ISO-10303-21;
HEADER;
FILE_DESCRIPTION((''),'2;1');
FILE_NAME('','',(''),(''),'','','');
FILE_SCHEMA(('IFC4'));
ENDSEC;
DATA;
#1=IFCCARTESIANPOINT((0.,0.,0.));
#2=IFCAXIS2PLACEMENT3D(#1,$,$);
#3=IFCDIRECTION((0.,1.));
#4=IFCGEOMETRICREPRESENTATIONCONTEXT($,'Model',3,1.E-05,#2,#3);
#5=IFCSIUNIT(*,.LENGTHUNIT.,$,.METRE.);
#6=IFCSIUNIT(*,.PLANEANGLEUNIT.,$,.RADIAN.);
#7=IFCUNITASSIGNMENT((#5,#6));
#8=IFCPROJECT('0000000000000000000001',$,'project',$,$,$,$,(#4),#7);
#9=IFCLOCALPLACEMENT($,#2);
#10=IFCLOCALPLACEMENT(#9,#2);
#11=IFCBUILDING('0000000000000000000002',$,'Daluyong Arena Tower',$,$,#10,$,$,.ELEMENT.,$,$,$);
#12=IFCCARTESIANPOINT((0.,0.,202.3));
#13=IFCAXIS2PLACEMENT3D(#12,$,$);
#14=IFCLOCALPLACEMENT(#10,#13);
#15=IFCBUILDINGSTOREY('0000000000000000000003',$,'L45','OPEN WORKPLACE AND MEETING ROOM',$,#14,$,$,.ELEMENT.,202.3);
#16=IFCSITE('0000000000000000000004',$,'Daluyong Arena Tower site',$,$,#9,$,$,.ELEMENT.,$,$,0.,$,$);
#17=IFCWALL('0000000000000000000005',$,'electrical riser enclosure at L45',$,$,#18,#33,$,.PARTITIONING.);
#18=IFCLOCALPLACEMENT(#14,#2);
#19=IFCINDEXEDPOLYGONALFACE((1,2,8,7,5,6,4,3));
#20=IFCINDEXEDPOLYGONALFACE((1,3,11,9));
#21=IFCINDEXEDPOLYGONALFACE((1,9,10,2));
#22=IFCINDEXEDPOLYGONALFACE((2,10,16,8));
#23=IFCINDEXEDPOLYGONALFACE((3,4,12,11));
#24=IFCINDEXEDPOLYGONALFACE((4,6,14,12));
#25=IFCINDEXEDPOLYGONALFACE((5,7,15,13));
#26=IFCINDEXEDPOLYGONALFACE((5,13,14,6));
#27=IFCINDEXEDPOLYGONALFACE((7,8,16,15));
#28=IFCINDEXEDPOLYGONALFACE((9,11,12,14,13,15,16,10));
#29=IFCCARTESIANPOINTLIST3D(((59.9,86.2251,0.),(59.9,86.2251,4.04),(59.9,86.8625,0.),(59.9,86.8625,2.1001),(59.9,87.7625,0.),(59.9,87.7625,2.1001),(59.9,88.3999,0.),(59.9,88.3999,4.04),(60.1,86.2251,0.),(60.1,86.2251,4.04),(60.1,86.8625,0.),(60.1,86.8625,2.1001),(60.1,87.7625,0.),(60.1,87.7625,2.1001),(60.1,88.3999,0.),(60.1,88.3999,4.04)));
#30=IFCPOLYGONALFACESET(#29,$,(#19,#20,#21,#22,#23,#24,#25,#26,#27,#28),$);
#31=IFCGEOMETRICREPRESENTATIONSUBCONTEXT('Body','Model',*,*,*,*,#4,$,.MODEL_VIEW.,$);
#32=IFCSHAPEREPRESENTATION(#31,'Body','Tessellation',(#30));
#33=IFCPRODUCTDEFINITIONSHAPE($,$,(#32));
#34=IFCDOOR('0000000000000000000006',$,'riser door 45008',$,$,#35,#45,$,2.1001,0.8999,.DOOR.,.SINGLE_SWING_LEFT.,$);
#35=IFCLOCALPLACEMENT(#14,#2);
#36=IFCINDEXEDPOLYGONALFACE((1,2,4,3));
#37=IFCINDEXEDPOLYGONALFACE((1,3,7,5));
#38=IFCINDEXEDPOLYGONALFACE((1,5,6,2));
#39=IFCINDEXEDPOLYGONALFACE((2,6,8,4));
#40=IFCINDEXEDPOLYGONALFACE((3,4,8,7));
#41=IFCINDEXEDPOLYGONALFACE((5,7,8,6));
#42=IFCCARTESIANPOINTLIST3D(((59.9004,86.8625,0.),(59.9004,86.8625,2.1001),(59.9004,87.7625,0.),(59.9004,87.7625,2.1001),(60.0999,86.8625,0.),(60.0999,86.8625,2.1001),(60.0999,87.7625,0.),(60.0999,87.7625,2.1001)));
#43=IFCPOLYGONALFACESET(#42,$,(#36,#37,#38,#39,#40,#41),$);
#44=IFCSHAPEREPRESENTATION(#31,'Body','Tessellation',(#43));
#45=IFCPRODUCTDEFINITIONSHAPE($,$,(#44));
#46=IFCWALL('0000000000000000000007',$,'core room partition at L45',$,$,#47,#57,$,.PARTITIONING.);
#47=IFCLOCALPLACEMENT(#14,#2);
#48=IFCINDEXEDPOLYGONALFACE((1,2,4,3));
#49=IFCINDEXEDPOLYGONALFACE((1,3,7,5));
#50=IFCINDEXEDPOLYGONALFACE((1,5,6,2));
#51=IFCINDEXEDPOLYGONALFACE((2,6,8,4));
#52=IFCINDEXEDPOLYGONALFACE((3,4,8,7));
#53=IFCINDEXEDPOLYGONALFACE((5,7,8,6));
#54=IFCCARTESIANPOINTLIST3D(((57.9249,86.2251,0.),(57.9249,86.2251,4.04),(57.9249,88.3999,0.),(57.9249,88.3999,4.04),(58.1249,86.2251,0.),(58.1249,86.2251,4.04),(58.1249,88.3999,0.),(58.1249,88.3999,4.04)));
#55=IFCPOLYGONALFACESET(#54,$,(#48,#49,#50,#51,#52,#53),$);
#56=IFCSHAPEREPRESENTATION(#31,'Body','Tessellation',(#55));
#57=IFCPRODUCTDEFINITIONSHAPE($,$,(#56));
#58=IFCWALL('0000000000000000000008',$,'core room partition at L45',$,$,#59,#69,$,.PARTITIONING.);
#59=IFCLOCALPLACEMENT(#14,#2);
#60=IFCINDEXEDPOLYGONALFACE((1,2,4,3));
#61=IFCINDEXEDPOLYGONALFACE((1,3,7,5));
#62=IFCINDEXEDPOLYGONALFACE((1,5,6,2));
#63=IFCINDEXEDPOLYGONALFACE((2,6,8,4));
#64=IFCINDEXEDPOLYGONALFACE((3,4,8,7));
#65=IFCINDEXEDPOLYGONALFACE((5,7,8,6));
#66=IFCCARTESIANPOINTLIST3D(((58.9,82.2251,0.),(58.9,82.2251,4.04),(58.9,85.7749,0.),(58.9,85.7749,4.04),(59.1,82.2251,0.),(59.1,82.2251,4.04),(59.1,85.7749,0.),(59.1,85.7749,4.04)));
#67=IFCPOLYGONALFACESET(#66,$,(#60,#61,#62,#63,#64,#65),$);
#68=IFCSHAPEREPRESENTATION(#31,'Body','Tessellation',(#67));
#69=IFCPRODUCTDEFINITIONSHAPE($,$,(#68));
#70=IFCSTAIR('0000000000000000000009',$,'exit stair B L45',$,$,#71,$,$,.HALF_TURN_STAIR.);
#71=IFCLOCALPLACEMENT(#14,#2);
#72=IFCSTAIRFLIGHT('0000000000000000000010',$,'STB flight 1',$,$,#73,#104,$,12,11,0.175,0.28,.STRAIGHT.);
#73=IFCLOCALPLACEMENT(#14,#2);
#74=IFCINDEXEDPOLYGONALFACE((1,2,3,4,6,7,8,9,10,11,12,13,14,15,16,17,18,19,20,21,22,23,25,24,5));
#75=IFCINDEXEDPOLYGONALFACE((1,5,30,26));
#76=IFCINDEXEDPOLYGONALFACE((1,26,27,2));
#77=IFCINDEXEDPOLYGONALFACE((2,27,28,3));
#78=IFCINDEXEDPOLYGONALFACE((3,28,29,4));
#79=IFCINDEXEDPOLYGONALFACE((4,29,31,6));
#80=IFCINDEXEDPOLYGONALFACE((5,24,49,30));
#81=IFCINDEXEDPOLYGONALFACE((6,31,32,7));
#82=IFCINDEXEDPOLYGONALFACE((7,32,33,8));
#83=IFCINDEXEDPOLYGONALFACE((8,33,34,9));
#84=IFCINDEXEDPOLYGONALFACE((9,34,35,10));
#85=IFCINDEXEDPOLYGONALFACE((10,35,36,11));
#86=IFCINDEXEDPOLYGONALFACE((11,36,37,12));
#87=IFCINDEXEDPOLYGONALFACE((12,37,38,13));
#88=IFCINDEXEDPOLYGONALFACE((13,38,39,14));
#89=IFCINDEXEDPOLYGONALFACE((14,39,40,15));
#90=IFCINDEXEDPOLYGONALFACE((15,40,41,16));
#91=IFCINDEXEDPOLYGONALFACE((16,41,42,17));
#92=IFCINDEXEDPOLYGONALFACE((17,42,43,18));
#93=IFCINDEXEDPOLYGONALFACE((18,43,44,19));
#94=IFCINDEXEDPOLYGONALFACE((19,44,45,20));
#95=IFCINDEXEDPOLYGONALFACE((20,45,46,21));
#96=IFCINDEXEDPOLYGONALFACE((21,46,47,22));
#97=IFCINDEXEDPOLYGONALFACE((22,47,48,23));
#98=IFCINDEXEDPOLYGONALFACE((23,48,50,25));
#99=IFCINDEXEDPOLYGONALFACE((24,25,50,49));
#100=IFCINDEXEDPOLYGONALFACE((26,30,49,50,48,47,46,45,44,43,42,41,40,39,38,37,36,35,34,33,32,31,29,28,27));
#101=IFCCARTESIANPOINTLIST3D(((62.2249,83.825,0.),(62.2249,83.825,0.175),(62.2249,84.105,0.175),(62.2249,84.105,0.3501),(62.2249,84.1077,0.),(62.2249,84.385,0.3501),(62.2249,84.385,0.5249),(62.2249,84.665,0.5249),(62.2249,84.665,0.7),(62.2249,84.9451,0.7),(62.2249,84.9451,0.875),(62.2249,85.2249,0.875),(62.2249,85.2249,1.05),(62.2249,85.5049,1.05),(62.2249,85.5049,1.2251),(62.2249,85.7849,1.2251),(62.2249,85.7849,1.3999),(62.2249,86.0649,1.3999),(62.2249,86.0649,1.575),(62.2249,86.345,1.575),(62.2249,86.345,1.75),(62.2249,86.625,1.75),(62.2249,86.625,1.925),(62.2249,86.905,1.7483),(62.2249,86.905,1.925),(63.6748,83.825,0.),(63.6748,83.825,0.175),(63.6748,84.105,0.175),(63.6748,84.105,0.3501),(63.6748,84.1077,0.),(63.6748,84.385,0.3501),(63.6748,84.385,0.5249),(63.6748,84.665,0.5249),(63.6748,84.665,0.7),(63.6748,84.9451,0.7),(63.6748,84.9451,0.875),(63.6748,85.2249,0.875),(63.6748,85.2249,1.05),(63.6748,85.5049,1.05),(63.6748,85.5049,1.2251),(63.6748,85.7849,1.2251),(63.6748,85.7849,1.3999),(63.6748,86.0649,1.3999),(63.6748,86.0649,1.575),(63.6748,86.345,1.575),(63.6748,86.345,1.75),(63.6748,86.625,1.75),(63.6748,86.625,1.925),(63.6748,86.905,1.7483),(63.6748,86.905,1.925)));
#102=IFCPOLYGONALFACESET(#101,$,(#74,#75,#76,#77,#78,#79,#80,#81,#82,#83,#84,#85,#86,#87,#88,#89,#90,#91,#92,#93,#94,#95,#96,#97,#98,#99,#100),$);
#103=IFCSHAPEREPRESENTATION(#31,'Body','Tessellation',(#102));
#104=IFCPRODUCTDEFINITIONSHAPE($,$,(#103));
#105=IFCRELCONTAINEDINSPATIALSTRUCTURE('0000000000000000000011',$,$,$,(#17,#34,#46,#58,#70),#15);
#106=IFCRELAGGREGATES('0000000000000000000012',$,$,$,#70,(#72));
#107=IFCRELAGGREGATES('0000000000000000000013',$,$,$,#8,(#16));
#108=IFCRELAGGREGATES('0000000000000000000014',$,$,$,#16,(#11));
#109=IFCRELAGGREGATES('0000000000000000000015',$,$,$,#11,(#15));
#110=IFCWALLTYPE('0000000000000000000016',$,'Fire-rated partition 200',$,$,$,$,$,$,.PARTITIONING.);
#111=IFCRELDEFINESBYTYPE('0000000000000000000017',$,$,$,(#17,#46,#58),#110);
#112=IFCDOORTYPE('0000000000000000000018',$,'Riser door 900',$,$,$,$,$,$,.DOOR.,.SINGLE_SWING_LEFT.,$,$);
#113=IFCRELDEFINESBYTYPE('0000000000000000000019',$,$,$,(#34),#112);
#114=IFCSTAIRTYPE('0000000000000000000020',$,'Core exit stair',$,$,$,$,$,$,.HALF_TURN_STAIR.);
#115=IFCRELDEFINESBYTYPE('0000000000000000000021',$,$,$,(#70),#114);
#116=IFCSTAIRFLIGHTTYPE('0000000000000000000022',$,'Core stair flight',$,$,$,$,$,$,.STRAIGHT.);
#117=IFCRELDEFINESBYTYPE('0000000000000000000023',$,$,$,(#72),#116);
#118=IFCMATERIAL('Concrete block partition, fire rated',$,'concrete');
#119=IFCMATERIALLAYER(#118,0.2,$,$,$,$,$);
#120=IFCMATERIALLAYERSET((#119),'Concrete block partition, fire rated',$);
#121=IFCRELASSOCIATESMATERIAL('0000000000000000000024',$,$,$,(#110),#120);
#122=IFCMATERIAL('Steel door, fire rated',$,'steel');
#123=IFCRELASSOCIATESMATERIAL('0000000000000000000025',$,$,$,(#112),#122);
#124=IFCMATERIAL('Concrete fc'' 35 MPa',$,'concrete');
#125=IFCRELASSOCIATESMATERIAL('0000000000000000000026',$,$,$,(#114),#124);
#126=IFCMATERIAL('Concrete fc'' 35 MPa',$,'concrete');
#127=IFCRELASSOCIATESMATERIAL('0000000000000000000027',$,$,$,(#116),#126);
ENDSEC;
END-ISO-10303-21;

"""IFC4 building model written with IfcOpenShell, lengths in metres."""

from ifc_helpers import new_model, si_unit, direction, frame, frame_2d, origin, place, context, subcontext, project, spatial, polyline, rectangle, outline, extrude, material, layer, layer_set, type_object, element, fill, aggregate, save


model = new_model("IFC4")

# Units and contexts
model_context = context("Model", 3, precision=1e-05, world=origin(), true_north=direction((0.0, 1.0)))
body_context = subcontext(model_context, "Body", "Model", "MODEL_VIEW")
ifc_project = project(units=[si_unit("LENGTHUNIT", "METRE"), si_unit("PLANEANGLEUNIT", "RADIAN")], contexts=[model_context])

# Site, building, storey
site_placement = place(None, origin())
site = spatial("IfcSite", under=ifc_project, at=site_placement, Name="Daluyong Arena Tower site", CompositionType="ELEMENT", RefElevation=0.0)
building_placement = place(site_placement, origin())
building = spatial("IfcBuilding", under=site, at=building_placement, Name="Daluyong Arena Tower", CompositionType="ELEMENT")
storey_placement = place(building_placement, frame((0.0, 0.0, 202.3)))
storey = spatial("IfcBuildingStorey", under=building, at=storey_placement, Name="L45", Description="OPEN WORKPLACE AND MEETING ROOM", CompositionType="ELEMENT", Elevation=202.3)

# Wall, opening, door
ifc_material_1 = material(Name="Concrete block partition, fire rated", Category="concrete")
ifc_layer_1 = layer(ifc_material_1, 0.2)
ifc_layer_set_1 = layer_set([ifc_layer_1], Name="Concrete block partition, fire rated")
wall_type_1 = type_object("IfcWallType", Name="Fire-rated partition 200", PredefinedType="PARTITIONING", material=ifc_layer_set_1)
wall_1_placement = place(storey_placement, frame((60.0, 86.2251, 0.0), z_axis=(0.0, 0.0, 1.0), x_axis=(0.0, 1.0, 0.0)))
wall_1 = element("IfcWall", 1, at=wall_1_placement, inside=storey, type_object=wall_type_1, Name="electrical riser enclosure at L45", PredefinedType="PARTITIONING", context=body_context, shape_type="SweptSolid", body=[
    extrude(rectangle(XDim=2.1748, YDim=0.2, at=frame_2d((1.0874, 0.0))), origin(), (0.0, 0.0, 1.0), 4.04),
])
opening_1_placement = place(wall_1_placement, frame((0.6375, 0.0, 0.0)))
opening_1 = element("IfcOpeningElement", 2, at=opening_1_placement, cuts=wall_1, PredefinedType="OPENING", context=body_context, shape_type="SweptSolid", body=[
    extrude(rectangle(XDim=0.8999, YDim=2.1001, at=frame_2d((0.45, 1.05))), frame((0.0, 0.1099, 0.0), z_axis=(0.0, -1.0, 0.0), x_axis=(1.0, 0.0, 0.0)), (0.0, 0.0, 1.0), 0.22),
])
ifc_material_2 = material(Name="Steel door, fire rated", Category="steel")
door_type_1 = type_object("IfcDoorType", Name="Riser door 900", OperationType="SINGLE_SWING_LEFT", PredefinedType="DOOR", material=ifc_material_2)
door_1_placement = place(opening_1_placement, origin())
door_1 = element("IfcDoor", 3, at=door_1_placement, inside=storey, type_object=door_type_1, Name="riser door 45008", OperationType="SINGLE_SWING_LEFT", OverallHeight=2.1001, OverallWidth=0.8999, PredefinedType="DOOR", context=body_context, shape_type="SweptSolid", body=[
    extrude(rectangle(XDim=0.8999, YDim=2.1001, at=frame_2d((0.45, 1.05))), frame((0.0, 0.0996, 0.0), z_axis=(0.0, -1.0, 0.0), x_axis=(1.0, 0.0, 0.0)), (0.0, 0.0, 1.0), 0.1995),
])
fill(opening_1, door_1)

# Walls
wall_2_placement = place(storey_placement, frame((58.0249, 86.2251, 0.0), z_axis=(0.0, 0.0, 1.0), x_axis=(0.0, 1.0, 0.0)))
element("IfcWall", 4, at=wall_2_placement, inside=storey, type_object=wall_type_1, Name="core room partition at L45", PredefinedType="PARTITIONING", context=body_context, shape_type="SweptSolid", body=[
    extrude(rectangle(XDim=2.1748, YDim=0.2, at=frame_2d((1.0874, 0.0))), origin(), (0.0, 0.0, 1.0), 4.04),
])
wall_3_placement = place(storey_placement, frame((59.0, 82.2251, 0.0), z_axis=(0.0, 0.0, 1.0), x_axis=(0.0, 1.0, 0.0)))
element("IfcWall", 5, at=wall_3_placement, inside=storey, type_object=wall_type_1, Name="core room partition at L45", PredefinedType="PARTITIONING", context=body_context, shape_type="SweptSolid", body=[
    extrude(rectangle(XDim=3.5498, YDim=0.2, at=frame_2d((1.7749, 0.0))), origin(), (0.0, 0.0, 1.0), 4.04),
])

# Stair, stair flight
ifc_material_3 = material(Name="Concrete fc' 35 MPa", Category="concrete")
stair_type = type_object("IfcStairType", Name="Core exit stair", PredefinedType="HALF_TURN_STAIR", material=ifc_material_3)
stair_placement = place(storey_placement, origin())
stair = element("IfcStair", 6, at=stair_placement, inside=storey, type_object=stair_type, Name="exit stair B L45", PredefinedType="HALF_TURN_STAIR")
ifc_material_4 = material(Name="Concrete fc' 35 MPa", Category="concrete")
stair_flight_type = type_object("IfcStairFlightType", Name="Core stair flight", PredefinedType="STRAIGHT", material=ifc_material_4)
stair_flight_placement = place(storey_placement, frame((62.95, 83.825, 0.0), z_axis=(0.0, 0.0, 1.0), x_axis=(0.0, 1.0, 0.0)))
stair_flight = element("IfcStairFlight", 7, at=stair_flight_placement, type_object=stair_flight_type, Name="STB flight 1", NumberOfRisers=12, NumberOfTreads=11, PredefinedType="STRAIGHT", RiserHeight=0.175, TreadLength=0.28, context=body_context, shape_type="SweptSolid", body=[
    extrude(outline(polyline([(0.0, 0.0), (0.0, 0.175), (0.28, 0.175), (0.28, 0.3501), (0.5601, 0.3501), (0.5601, 0.5249), (0.8401, 0.5249), (0.8401, 0.7), (1.1201, 0.7), (1.1201, 0.875), (1.3999, 0.875), (1.3999, 1.05), (1.6799, 1.05), (1.6799, 1.2251), (1.96, 1.2251), (1.96, 1.3999), (2.24, 1.3999), (2.24, 1.575), (2.52, 1.575), (2.52, 1.75), (2.8, 1.75), (2.8, 1.925), (3.0801, 1.925), (3.0801, 2.1001), (3.0801, 1.7483), (0.2827, 0.0), (0.0, 0.0)])), frame((0.0, 0.7251, 0.0), z_axis=(0.0, -1.0, 0.0), x_axis=(1.0, 0.0, 0.0)), (0.0, 0.0, 1.0), 1.45),
])
aggregate(stair, [stair_flight])

save(model, "model.ifc")
